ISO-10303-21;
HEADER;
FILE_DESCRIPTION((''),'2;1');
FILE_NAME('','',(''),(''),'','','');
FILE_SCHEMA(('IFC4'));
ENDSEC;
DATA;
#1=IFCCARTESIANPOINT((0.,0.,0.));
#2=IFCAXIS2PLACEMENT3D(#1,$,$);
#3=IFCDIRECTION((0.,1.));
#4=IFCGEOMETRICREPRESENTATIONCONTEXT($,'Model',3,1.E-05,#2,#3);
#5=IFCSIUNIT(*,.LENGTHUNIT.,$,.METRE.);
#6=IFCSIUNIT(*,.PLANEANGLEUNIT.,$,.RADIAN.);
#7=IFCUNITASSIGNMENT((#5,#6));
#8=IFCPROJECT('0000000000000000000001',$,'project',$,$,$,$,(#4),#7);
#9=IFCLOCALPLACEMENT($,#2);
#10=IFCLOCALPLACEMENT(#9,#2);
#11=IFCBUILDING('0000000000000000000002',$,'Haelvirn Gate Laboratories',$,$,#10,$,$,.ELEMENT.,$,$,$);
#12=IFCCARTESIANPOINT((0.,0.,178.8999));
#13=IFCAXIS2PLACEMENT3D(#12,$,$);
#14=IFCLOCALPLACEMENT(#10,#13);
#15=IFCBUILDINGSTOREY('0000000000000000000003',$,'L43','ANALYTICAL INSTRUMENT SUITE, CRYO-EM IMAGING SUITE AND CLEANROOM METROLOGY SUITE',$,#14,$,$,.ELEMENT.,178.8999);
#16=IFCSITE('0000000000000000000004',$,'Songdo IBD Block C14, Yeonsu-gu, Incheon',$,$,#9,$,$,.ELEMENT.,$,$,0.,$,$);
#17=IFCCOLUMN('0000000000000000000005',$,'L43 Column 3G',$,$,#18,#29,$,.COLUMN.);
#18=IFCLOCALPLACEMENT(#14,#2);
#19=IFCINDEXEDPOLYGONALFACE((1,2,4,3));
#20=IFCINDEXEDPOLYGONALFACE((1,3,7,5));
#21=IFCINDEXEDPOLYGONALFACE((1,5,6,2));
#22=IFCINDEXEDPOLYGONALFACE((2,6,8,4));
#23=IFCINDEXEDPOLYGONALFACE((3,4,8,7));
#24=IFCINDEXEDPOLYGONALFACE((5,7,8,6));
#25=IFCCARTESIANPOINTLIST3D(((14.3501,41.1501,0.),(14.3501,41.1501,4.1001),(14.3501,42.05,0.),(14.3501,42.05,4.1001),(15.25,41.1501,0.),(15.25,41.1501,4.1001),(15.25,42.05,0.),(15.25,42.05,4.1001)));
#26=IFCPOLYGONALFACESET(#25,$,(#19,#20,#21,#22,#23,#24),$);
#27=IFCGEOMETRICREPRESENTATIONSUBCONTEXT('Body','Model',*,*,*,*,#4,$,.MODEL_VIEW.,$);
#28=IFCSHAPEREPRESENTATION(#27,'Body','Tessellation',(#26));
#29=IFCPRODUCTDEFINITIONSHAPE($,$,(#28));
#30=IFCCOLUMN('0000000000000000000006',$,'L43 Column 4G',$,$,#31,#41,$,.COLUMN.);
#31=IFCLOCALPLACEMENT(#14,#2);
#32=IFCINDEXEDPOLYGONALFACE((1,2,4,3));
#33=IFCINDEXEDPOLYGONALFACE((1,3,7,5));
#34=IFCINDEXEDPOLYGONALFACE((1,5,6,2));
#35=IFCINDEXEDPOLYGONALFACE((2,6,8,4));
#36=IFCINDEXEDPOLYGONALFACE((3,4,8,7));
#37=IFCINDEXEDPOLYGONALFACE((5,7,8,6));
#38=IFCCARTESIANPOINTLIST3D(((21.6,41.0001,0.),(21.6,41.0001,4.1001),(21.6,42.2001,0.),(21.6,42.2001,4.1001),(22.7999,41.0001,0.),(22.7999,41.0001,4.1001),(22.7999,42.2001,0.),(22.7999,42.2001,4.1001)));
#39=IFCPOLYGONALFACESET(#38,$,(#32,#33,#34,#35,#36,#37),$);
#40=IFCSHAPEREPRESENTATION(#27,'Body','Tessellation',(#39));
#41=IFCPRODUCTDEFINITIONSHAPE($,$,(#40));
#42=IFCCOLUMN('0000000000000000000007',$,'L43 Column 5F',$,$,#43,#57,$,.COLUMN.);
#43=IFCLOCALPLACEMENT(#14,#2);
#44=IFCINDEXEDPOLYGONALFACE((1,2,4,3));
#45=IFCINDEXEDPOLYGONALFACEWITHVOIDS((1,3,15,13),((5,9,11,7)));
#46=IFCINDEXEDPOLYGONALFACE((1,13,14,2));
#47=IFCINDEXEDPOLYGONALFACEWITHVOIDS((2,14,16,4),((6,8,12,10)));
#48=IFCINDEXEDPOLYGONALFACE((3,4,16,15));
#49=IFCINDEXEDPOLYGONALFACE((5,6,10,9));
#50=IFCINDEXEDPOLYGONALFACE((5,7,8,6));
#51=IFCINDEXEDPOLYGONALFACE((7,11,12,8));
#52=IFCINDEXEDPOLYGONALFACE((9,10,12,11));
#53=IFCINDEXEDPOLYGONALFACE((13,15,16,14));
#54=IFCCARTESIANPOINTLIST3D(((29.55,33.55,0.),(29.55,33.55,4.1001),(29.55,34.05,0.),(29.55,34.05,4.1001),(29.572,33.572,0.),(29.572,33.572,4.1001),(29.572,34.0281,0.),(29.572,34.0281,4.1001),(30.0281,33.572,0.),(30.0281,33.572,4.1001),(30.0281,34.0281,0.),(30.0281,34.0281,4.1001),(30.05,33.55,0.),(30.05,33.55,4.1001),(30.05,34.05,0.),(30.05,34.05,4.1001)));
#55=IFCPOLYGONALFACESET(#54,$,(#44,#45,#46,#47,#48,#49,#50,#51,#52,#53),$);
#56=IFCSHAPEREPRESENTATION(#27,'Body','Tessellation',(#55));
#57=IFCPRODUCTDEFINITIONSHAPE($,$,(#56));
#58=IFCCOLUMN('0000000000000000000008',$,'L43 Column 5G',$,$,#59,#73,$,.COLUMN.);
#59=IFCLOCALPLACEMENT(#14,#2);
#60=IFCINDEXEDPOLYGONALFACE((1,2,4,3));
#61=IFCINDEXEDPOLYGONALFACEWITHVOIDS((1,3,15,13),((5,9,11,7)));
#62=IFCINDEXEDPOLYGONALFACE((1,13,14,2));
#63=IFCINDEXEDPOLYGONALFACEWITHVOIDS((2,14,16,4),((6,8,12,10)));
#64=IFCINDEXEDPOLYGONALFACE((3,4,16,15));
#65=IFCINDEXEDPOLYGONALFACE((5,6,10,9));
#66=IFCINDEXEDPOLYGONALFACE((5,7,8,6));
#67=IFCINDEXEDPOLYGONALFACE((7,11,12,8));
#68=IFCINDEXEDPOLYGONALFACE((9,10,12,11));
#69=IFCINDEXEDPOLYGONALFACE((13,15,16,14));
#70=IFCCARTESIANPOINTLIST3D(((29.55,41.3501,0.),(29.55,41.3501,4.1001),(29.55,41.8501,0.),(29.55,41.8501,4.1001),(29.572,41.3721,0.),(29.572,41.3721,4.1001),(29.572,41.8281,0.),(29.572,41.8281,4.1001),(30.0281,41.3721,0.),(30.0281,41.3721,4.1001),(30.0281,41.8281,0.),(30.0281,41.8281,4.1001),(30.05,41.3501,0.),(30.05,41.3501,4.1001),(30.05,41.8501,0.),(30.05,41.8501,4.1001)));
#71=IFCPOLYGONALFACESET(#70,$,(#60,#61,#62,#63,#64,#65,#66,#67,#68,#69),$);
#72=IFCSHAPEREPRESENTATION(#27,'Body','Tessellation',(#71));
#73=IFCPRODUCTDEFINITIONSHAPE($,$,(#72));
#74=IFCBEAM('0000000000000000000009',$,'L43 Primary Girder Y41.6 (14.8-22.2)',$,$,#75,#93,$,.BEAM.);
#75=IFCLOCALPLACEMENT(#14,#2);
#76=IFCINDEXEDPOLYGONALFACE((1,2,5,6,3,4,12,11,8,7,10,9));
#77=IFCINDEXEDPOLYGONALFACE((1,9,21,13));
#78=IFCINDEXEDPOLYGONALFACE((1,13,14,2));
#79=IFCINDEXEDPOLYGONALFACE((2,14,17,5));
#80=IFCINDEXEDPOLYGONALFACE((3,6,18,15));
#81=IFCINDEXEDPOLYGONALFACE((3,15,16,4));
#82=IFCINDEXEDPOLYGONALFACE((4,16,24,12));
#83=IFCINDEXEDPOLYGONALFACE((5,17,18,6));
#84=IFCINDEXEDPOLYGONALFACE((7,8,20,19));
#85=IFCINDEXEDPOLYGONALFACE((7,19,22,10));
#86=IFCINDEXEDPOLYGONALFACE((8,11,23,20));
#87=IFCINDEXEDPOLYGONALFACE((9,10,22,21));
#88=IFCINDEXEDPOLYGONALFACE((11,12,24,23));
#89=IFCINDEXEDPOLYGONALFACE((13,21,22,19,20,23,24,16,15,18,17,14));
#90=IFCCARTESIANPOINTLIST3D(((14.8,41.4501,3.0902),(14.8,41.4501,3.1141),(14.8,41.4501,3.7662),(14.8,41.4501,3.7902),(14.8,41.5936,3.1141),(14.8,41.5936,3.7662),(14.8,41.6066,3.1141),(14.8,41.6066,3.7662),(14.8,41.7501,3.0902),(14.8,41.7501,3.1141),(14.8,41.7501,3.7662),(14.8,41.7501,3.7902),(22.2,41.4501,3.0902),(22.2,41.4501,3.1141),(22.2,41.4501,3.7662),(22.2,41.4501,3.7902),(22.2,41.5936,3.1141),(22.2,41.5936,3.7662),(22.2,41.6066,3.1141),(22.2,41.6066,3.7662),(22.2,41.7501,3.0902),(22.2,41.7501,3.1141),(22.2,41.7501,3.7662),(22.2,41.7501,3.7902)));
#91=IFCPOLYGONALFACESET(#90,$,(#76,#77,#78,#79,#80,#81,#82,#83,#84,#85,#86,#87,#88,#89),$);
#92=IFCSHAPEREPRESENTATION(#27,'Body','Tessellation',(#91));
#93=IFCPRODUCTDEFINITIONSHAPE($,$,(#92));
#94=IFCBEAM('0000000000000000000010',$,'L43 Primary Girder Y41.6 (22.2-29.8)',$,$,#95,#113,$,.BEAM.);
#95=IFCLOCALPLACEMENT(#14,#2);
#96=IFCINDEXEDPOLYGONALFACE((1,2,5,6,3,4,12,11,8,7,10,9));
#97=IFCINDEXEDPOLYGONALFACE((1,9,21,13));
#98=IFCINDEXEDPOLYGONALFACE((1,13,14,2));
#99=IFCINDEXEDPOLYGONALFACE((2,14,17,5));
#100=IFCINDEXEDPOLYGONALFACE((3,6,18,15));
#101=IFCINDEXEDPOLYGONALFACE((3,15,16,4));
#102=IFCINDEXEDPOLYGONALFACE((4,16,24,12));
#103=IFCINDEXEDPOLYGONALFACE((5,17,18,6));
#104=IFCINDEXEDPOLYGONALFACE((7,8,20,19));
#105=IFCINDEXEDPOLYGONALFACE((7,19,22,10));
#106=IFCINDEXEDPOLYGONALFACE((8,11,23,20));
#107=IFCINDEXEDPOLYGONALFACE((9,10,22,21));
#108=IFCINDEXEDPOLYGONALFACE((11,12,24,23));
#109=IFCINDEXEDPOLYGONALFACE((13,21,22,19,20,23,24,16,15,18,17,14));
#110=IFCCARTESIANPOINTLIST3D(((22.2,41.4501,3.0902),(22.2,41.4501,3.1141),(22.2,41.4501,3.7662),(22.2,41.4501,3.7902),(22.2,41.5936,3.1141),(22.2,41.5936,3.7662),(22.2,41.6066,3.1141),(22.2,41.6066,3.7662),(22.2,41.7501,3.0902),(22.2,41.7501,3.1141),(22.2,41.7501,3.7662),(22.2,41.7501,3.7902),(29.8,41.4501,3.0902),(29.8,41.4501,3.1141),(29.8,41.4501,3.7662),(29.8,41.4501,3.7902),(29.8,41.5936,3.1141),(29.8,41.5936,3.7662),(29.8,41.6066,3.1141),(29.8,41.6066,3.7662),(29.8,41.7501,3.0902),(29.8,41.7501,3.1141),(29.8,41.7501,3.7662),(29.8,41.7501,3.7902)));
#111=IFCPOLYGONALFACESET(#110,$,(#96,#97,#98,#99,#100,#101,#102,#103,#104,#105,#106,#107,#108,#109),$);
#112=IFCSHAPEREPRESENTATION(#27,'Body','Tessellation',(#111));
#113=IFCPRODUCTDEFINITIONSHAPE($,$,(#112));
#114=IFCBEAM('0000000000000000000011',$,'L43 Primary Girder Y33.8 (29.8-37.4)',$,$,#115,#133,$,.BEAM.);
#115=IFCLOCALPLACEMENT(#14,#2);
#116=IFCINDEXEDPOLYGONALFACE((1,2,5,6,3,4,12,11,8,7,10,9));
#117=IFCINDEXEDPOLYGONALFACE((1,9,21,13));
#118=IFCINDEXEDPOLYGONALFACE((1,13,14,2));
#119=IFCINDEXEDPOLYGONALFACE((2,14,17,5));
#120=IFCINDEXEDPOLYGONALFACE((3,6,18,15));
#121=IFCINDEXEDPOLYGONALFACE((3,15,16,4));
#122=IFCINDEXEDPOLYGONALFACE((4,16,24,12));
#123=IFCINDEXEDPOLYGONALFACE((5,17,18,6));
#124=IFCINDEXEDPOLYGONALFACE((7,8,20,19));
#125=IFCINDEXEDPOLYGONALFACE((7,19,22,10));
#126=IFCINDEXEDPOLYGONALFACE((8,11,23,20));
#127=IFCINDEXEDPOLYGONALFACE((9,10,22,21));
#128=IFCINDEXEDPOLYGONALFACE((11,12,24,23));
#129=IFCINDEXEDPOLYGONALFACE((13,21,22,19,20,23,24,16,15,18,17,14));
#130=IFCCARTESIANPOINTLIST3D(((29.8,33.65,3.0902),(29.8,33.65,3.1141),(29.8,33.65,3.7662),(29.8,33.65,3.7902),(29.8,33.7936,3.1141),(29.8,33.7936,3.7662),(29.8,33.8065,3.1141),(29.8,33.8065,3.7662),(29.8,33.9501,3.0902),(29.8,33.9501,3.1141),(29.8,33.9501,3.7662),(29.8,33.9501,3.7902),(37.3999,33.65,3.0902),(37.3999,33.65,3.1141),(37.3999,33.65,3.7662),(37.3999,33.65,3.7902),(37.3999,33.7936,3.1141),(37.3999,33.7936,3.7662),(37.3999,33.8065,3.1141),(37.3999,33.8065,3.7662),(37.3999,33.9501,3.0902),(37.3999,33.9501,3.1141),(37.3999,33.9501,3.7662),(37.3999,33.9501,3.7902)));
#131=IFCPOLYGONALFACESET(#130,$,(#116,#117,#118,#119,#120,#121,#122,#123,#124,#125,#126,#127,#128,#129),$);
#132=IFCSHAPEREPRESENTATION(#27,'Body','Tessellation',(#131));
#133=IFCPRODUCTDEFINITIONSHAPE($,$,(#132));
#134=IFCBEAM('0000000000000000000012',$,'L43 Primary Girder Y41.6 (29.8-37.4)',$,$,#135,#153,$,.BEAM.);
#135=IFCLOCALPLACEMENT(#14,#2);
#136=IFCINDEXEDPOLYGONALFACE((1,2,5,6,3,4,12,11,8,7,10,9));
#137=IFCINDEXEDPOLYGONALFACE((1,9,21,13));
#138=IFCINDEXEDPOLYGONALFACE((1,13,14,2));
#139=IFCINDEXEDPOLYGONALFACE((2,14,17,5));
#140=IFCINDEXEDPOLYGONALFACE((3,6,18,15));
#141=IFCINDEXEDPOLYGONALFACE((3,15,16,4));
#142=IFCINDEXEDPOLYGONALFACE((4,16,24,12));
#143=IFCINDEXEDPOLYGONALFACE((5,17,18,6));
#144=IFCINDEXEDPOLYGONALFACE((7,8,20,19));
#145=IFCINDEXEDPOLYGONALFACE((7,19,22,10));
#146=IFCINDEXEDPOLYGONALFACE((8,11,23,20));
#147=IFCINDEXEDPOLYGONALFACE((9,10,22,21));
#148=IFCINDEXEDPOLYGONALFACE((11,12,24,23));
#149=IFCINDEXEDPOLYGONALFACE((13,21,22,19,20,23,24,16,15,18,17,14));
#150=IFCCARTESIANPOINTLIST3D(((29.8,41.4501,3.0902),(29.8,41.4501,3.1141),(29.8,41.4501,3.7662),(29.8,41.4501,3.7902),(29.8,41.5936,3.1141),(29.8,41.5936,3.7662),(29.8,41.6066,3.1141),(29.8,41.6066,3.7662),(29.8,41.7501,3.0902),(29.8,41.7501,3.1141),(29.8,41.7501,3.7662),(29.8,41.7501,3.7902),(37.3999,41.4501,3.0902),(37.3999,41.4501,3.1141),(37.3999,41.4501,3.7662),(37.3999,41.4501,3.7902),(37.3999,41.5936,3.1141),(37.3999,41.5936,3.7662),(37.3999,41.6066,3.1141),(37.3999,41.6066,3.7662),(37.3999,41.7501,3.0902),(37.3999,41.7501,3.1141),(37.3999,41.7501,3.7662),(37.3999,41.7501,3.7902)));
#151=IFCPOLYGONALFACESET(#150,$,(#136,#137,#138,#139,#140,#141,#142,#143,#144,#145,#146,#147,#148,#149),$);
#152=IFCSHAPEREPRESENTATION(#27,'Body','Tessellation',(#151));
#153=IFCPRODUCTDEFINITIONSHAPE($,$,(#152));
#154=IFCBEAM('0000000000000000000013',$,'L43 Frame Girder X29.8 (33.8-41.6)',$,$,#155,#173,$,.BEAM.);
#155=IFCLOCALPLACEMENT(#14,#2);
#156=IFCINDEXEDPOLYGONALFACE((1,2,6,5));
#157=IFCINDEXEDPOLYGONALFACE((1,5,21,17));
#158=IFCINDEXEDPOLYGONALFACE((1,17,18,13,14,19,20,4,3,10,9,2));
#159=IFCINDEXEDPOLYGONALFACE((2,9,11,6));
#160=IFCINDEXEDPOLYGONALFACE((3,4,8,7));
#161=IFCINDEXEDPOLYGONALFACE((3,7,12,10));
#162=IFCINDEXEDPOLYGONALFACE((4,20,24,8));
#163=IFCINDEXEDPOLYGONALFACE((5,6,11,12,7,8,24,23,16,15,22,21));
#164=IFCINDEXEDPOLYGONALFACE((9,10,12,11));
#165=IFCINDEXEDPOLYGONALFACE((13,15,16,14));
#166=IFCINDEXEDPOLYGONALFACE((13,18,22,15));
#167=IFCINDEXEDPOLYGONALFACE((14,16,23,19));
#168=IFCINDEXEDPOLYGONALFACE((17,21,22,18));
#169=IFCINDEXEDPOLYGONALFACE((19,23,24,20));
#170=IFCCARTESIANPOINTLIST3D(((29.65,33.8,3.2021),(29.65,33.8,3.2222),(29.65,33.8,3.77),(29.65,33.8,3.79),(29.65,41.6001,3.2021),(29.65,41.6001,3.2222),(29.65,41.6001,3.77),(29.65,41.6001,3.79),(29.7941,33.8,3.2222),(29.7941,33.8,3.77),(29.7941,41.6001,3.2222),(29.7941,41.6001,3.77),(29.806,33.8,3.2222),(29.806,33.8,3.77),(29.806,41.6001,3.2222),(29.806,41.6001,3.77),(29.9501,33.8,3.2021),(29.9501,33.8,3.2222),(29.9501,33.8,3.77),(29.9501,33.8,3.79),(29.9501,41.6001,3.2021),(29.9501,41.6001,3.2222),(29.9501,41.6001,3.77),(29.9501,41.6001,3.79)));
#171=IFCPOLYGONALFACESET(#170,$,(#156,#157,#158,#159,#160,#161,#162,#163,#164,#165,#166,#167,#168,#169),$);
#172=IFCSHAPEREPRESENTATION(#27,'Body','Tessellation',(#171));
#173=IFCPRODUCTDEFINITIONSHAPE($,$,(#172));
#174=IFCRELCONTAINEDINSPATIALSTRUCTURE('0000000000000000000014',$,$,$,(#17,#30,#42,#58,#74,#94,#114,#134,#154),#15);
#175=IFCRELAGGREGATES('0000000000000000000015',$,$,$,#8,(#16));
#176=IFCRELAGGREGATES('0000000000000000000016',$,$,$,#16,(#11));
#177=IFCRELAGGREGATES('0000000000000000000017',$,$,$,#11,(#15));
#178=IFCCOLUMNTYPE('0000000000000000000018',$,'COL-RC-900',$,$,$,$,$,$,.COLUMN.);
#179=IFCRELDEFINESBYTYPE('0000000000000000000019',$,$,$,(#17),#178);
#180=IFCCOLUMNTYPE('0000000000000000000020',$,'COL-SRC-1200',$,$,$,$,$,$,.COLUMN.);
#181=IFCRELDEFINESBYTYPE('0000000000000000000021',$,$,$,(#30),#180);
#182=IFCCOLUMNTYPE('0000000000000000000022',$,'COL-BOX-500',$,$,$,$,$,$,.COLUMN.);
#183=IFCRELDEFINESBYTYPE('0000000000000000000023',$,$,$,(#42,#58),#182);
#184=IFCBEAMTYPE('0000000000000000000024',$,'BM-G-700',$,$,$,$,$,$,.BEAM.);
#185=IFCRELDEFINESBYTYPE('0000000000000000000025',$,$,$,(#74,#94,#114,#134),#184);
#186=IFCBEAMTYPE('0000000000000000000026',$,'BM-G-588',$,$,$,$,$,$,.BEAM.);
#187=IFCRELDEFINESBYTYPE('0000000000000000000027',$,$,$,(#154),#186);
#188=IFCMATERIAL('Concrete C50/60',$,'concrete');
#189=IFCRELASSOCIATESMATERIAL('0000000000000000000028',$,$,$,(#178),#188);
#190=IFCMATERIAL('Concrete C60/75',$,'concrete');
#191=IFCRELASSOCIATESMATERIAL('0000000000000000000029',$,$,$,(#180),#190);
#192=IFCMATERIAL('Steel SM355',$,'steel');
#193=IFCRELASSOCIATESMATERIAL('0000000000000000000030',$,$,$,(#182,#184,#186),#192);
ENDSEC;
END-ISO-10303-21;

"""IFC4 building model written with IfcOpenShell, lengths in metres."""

from ifc_helpers import new_model, si_unit, direction, frame, origin, origin_2d, place, context, subcontext, project, spatial, rectangle, hollow_rectangle, i_section, extrude, source, transform, mapped, material, material_profile, profile_set, type_object, type_shapes, element, save


model = new_model("IFC4")

# Units and contexts
model_context = context("Model", 3, precision=1e-05, world=origin(), true_north=direction((0.0, 1.0)))
body_context = subcontext(model_context, "Body", "Model", "MODEL_VIEW")
ifc_project = project(units=[si_unit("LENGTHUNIT", "METRE"), si_unit("PLANEANGLEUNIT", "RADIAN")], contexts=[model_context])

# Site, building, storey
site_placement = place(None, origin())
site = spatial("IfcSite", under=ifc_project, at=site_placement, Name="Songdo IBD Block C14, Yeonsu-gu, Incheon", CompositionType="ELEMENT", RefElevation=0.0)
building_placement = place(site_placement, origin())
building = spatial("IfcBuilding", under=site, at=building_placement, Name="Haelvirn Gate Laboratories", CompositionType="ELEMENT")
storey_placement = place(building_placement, frame((0.0, 0.0, 178.8999)))
storey = spatial("IfcBuildingStorey", under=building, at=storey_placement, Name="L43", Description="ANALYTICAL INSTRUMENT SUITE, CRYO-EM IMAGING SUITE AND CLEANROOM METROLOGY SUITE", CompositionType="ELEMENT", Elevation=178.8999)

# Columns
ifc_material_1 = material(Name="Concrete C50/60", Category="concrete")
ifc_material_profile_1 = material_profile(ifc_material_1, rectangle(XDim=0.8999, YDim=0.8999, at=origin_2d()), Name="RC-900x900")
ifc_profile_set_1 = profile_set([ifc_material_profile_1], Name="Concrete C50/60")
column_type_1 = type_object("IfcColumnType", Name="COL-RC-900", PredefinedType="COLUMN", material=ifc_profile_set_1)
shared_shape_1 = source(origin(), body_context, "Body", "SweptSolid", [
    extrude(rectangle(XDim=0.8999, YDim=0.8999, at=origin_2d()), origin(), (0.0, 0.0, 1.0), 4.1001),
])
type_shapes(column_type_1, [shared_shape_1])
column_1_placement = place(storey_placement, frame((14.8, 41.6001, 0.0), z_axis=(0.0, 0.0, 1.0), x_axis=(1.0, 0.0, 0.0)))
element("IfcColumn", 1, at=column_1_placement, inside=storey, type_object=column_type_1, Name="L43 Column 3G", PredefinedType="COLUMN", context=body_context, shape_type="MappedRepresentation", body=[
    mapped(shared_shape_1, transform((0.0, 0.0, 0.0), scale=1.0)),
])
ifc_material_2 = material(Name="Concrete C60/75", Category="concrete")
ifc_material_profile_2 = material_profile(ifc_material_2, rectangle(XDim=1.2, YDim=1.2, at=origin_2d()), Name="SRC-1200x1200")
ifc_profile_set_2 = profile_set([ifc_material_profile_2], Name="Concrete C60/75")
column_type_2 = type_object("IfcColumnType", Name="COL-SRC-1200", PredefinedType="COLUMN", material=ifc_profile_set_2)
shared_shape_2 = source(origin(), body_context, "Body", "SweptSolid", [
    extrude(rectangle(XDim=1.2, YDim=1.2, at=origin_2d()), origin(), (0.0, 0.0, 1.0), 4.1001),
])
type_shapes(column_type_2, [shared_shape_2])
column_2_placement = place(storey_placement, frame((22.2, 41.6001, 0.0), z_axis=(0.0, 0.0, 1.0), x_axis=(1.0, 0.0, 0.0)))
element("IfcColumn", 2, at=column_2_placement, inside=storey, type_object=column_type_2, Name="L43 Column 4G", PredefinedType="COLUMN", context=body_context, shape_type="MappedRepresentation", body=[
    mapped(shared_shape_2, transform((0.0, 0.0, 0.0), scale=1.0)),
])
ifc_material_3 = material(Name="Steel SM355", Category="steel")
ifc_material_profile_3 = material_profile(ifc_material_3, hollow_rectangle(XDim=0.5, YDim=0.5, WallThickness=0.022, at=origin_2d()), Name="BOX-500x500x22")
ifc_profile_set_3 = profile_set([ifc_material_profile_3], Name="Steel SM355")
column_type_3 = type_object("IfcColumnType", Name="COL-BOX-500", PredefinedType="COLUMN", material=ifc_profile_set_3)
shared_shape_3 = source(origin(), body_context, "Body", "SweptSolid", [
    extrude(hollow_rectangle(XDim=0.5, YDim=0.5, WallThickness=0.022, at=origin_2d()), origin(), (0.0, 0.0, 1.0), 4.1001),
])
type_shapes(column_type_3, [shared_shape_3])
for number, where, z_axis, x_axis, name in (
    (3, (29.8, 33.8, 0.0), (0.0, 0.0, 1.0), (1.0, 0.0, 0.0), "L43 Column 5F"),
    (4, (29.8, 41.6001, 0.0), (0.0, 0.0, 1.0), (1.0, 0.0, 0.0), "L43 Column 5G"),
):
    element("IfcColumn", number, at=place(storey_placement, frame(where, z_axis=z_axis, x_axis=x_axis)), inside=storey, type_object=column_type_3, Name=name, PredefinedType="COLUMN", context=body_context, shape_type="MappedRepresentation", body=[
        mapped(shared_shape_3, transform((0.0, 0.0, 0.0), scale=1.0)),
    ])

# Beams
ifc_material_profile_4 = material_profile(ifc_material_3, i_section(OverallWidth=0.3, OverallDepth=0.7, WebThickness=0.0129, FlangeThickness=0.0239, at=origin_2d()), Name="H-700x300x13x24")
ifc_profile_set_4 = profile_set([ifc_material_profile_4], Name="Steel SM355")
beam_type_1 = type_object("IfcBeamType", Name="BM-G-700", PredefinedType="BEAM", material=ifc_profile_set_4)
shared_shape_4 = source(origin(), body_context, "Body", "SweptSolid", [
    extrude(i_section(OverallWidth=0.3, OverallDepth=0.7, WebThickness=0.0129, FlangeThickness=0.0239, at=origin_2d()), origin(), (0.0, 0.0, 1.0), 7.3999),
])
beam_1_placement = place(storey_placement, frame((14.8, 41.6001, 3.4402), z_axis=(1.0, 0.0, 0.0), x_axis=(0.0, 1.0, 0.0)))
element("IfcBeam", 5, at=beam_1_placement, inside=storey, type_object=beam_type_1, Name="L43 Primary Girder Y41.6 (14.8-22.2)", PredefinedType="BEAM", context=body_context, shape_type="MappedRepresentation", body=[
    mapped(shared_shape_4, transform((0.0, 0.0, 0.0), scale=1.0)),
])
shared_shape_5 = source(origin(), body_context, "Body", "SweptSolid", [
    extrude(i_section(OverallWidth=0.3, OverallDepth=0.7, WebThickness=0.0129, FlangeThickness=0.0239, at=origin_2d()), origin(), (0.0, 0.0, 1.0), 7.6001),
])
beam_2_placement = place(storey_placement, frame((22.2, 41.6001, 3.4402), z_axis=(1.0, 0.0, 0.0), x_axis=(0.0, 1.0, 0.0)))
element("IfcBeam", 6, at=beam_2_placement, inside=storey, type_object=beam_type_1, Name="L43 Primary Girder Y41.6 (22.2-29.8)", PredefinedType="BEAM", context=body_context, shape_type="MappedRepresentation", body=[
    mapped(shared_shape_5, transform((0.0, 0.0, 0.0), scale=1.0)),
])
shared_shape_6 = source(origin(), body_context, "Body", "SweptSolid", [
    extrude(i_section(OverallWidth=0.3, OverallDepth=0.7, WebThickness=0.0129, FlangeThickness=0.0239, at=origin_2d()), origin(), (0.0, 0.0, 1.0), 7.5999),
])
type_shapes(beam_type_1, [shared_shape_4, shared_shape_5, shared_shape_6])
for number, where, z_axis, x_axis, name in (
    (7, (29.8, 33.8, 3.4402), (1.0, 0.0, 0.0), (0.0, 1.0, 0.0), "L43 Primary Girder Y33.8 (29.8-37.4)"),
    (8, (29.8, 41.6001, 3.4402), (1.0, 0.0, 0.0), (0.0, 1.0, 0.0), "L43 Primary Girder Y41.6 (29.8-37.4)"),
):
    element("IfcBeam", number, at=place(storey_placement, frame(where, z_axis=z_axis, x_axis=x_axis)), inside=storey, type_object=beam_type_1, Name=name, PredefinedType="BEAM", context=body_context, shape_type="MappedRepresentation", body=[
        mapped(shared_shape_6, transform((0.0, 0.0, 0.0), scale=1.0)),
    ])
ifc_material_profile_5 = material_profile(ifc_material_3, i_section(OverallWidth=0.3, OverallDepth=0.5879, WebThickness=0.012, FlangeThickness=0.02, at=origin_2d()), Name="H-588x300x12x20")
ifc_profile_set_5 = profile_set([ifc_material_profile_5], Name="Steel SM355")
beam_type_2 = type_object("IfcBeamType", Name="BM-G-588", PredefinedType="BEAM", material=ifc_profile_set_5)
shared_shape_7 = source(origin(), body_context, "Body", "SweptSolid", [
    extrude(i_section(OverallWidth=0.3, OverallDepth=0.5879, WebThickness=0.012, FlangeThickness=0.02, at=origin_2d()), origin(), (0.0, 0.0, 1.0), 7.8),
])
type_shapes(beam_type_2, [shared_shape_7])
beam_3_placement = place(storey_placement, frame((29.8, 33.8, 3.4961), z_axis=(0.0, 1.0, 0.0), x_axis=(-1.0, 0.0, 0.0)))
element("IfcBeam", 9, at=beam_3_placement, inside=storey, type_object=beam_type_2, Name="L43 Frame Girder X29.8 (33.8-41.6)", PredefinedType="BEAM", context=body_context, shape_type="MappedRepresentation", body=[
    mapped(shared_shape_7, transform((0.0, 0.0, 0.0), scale=1.0)),
])

save(model, "model.ifc")
